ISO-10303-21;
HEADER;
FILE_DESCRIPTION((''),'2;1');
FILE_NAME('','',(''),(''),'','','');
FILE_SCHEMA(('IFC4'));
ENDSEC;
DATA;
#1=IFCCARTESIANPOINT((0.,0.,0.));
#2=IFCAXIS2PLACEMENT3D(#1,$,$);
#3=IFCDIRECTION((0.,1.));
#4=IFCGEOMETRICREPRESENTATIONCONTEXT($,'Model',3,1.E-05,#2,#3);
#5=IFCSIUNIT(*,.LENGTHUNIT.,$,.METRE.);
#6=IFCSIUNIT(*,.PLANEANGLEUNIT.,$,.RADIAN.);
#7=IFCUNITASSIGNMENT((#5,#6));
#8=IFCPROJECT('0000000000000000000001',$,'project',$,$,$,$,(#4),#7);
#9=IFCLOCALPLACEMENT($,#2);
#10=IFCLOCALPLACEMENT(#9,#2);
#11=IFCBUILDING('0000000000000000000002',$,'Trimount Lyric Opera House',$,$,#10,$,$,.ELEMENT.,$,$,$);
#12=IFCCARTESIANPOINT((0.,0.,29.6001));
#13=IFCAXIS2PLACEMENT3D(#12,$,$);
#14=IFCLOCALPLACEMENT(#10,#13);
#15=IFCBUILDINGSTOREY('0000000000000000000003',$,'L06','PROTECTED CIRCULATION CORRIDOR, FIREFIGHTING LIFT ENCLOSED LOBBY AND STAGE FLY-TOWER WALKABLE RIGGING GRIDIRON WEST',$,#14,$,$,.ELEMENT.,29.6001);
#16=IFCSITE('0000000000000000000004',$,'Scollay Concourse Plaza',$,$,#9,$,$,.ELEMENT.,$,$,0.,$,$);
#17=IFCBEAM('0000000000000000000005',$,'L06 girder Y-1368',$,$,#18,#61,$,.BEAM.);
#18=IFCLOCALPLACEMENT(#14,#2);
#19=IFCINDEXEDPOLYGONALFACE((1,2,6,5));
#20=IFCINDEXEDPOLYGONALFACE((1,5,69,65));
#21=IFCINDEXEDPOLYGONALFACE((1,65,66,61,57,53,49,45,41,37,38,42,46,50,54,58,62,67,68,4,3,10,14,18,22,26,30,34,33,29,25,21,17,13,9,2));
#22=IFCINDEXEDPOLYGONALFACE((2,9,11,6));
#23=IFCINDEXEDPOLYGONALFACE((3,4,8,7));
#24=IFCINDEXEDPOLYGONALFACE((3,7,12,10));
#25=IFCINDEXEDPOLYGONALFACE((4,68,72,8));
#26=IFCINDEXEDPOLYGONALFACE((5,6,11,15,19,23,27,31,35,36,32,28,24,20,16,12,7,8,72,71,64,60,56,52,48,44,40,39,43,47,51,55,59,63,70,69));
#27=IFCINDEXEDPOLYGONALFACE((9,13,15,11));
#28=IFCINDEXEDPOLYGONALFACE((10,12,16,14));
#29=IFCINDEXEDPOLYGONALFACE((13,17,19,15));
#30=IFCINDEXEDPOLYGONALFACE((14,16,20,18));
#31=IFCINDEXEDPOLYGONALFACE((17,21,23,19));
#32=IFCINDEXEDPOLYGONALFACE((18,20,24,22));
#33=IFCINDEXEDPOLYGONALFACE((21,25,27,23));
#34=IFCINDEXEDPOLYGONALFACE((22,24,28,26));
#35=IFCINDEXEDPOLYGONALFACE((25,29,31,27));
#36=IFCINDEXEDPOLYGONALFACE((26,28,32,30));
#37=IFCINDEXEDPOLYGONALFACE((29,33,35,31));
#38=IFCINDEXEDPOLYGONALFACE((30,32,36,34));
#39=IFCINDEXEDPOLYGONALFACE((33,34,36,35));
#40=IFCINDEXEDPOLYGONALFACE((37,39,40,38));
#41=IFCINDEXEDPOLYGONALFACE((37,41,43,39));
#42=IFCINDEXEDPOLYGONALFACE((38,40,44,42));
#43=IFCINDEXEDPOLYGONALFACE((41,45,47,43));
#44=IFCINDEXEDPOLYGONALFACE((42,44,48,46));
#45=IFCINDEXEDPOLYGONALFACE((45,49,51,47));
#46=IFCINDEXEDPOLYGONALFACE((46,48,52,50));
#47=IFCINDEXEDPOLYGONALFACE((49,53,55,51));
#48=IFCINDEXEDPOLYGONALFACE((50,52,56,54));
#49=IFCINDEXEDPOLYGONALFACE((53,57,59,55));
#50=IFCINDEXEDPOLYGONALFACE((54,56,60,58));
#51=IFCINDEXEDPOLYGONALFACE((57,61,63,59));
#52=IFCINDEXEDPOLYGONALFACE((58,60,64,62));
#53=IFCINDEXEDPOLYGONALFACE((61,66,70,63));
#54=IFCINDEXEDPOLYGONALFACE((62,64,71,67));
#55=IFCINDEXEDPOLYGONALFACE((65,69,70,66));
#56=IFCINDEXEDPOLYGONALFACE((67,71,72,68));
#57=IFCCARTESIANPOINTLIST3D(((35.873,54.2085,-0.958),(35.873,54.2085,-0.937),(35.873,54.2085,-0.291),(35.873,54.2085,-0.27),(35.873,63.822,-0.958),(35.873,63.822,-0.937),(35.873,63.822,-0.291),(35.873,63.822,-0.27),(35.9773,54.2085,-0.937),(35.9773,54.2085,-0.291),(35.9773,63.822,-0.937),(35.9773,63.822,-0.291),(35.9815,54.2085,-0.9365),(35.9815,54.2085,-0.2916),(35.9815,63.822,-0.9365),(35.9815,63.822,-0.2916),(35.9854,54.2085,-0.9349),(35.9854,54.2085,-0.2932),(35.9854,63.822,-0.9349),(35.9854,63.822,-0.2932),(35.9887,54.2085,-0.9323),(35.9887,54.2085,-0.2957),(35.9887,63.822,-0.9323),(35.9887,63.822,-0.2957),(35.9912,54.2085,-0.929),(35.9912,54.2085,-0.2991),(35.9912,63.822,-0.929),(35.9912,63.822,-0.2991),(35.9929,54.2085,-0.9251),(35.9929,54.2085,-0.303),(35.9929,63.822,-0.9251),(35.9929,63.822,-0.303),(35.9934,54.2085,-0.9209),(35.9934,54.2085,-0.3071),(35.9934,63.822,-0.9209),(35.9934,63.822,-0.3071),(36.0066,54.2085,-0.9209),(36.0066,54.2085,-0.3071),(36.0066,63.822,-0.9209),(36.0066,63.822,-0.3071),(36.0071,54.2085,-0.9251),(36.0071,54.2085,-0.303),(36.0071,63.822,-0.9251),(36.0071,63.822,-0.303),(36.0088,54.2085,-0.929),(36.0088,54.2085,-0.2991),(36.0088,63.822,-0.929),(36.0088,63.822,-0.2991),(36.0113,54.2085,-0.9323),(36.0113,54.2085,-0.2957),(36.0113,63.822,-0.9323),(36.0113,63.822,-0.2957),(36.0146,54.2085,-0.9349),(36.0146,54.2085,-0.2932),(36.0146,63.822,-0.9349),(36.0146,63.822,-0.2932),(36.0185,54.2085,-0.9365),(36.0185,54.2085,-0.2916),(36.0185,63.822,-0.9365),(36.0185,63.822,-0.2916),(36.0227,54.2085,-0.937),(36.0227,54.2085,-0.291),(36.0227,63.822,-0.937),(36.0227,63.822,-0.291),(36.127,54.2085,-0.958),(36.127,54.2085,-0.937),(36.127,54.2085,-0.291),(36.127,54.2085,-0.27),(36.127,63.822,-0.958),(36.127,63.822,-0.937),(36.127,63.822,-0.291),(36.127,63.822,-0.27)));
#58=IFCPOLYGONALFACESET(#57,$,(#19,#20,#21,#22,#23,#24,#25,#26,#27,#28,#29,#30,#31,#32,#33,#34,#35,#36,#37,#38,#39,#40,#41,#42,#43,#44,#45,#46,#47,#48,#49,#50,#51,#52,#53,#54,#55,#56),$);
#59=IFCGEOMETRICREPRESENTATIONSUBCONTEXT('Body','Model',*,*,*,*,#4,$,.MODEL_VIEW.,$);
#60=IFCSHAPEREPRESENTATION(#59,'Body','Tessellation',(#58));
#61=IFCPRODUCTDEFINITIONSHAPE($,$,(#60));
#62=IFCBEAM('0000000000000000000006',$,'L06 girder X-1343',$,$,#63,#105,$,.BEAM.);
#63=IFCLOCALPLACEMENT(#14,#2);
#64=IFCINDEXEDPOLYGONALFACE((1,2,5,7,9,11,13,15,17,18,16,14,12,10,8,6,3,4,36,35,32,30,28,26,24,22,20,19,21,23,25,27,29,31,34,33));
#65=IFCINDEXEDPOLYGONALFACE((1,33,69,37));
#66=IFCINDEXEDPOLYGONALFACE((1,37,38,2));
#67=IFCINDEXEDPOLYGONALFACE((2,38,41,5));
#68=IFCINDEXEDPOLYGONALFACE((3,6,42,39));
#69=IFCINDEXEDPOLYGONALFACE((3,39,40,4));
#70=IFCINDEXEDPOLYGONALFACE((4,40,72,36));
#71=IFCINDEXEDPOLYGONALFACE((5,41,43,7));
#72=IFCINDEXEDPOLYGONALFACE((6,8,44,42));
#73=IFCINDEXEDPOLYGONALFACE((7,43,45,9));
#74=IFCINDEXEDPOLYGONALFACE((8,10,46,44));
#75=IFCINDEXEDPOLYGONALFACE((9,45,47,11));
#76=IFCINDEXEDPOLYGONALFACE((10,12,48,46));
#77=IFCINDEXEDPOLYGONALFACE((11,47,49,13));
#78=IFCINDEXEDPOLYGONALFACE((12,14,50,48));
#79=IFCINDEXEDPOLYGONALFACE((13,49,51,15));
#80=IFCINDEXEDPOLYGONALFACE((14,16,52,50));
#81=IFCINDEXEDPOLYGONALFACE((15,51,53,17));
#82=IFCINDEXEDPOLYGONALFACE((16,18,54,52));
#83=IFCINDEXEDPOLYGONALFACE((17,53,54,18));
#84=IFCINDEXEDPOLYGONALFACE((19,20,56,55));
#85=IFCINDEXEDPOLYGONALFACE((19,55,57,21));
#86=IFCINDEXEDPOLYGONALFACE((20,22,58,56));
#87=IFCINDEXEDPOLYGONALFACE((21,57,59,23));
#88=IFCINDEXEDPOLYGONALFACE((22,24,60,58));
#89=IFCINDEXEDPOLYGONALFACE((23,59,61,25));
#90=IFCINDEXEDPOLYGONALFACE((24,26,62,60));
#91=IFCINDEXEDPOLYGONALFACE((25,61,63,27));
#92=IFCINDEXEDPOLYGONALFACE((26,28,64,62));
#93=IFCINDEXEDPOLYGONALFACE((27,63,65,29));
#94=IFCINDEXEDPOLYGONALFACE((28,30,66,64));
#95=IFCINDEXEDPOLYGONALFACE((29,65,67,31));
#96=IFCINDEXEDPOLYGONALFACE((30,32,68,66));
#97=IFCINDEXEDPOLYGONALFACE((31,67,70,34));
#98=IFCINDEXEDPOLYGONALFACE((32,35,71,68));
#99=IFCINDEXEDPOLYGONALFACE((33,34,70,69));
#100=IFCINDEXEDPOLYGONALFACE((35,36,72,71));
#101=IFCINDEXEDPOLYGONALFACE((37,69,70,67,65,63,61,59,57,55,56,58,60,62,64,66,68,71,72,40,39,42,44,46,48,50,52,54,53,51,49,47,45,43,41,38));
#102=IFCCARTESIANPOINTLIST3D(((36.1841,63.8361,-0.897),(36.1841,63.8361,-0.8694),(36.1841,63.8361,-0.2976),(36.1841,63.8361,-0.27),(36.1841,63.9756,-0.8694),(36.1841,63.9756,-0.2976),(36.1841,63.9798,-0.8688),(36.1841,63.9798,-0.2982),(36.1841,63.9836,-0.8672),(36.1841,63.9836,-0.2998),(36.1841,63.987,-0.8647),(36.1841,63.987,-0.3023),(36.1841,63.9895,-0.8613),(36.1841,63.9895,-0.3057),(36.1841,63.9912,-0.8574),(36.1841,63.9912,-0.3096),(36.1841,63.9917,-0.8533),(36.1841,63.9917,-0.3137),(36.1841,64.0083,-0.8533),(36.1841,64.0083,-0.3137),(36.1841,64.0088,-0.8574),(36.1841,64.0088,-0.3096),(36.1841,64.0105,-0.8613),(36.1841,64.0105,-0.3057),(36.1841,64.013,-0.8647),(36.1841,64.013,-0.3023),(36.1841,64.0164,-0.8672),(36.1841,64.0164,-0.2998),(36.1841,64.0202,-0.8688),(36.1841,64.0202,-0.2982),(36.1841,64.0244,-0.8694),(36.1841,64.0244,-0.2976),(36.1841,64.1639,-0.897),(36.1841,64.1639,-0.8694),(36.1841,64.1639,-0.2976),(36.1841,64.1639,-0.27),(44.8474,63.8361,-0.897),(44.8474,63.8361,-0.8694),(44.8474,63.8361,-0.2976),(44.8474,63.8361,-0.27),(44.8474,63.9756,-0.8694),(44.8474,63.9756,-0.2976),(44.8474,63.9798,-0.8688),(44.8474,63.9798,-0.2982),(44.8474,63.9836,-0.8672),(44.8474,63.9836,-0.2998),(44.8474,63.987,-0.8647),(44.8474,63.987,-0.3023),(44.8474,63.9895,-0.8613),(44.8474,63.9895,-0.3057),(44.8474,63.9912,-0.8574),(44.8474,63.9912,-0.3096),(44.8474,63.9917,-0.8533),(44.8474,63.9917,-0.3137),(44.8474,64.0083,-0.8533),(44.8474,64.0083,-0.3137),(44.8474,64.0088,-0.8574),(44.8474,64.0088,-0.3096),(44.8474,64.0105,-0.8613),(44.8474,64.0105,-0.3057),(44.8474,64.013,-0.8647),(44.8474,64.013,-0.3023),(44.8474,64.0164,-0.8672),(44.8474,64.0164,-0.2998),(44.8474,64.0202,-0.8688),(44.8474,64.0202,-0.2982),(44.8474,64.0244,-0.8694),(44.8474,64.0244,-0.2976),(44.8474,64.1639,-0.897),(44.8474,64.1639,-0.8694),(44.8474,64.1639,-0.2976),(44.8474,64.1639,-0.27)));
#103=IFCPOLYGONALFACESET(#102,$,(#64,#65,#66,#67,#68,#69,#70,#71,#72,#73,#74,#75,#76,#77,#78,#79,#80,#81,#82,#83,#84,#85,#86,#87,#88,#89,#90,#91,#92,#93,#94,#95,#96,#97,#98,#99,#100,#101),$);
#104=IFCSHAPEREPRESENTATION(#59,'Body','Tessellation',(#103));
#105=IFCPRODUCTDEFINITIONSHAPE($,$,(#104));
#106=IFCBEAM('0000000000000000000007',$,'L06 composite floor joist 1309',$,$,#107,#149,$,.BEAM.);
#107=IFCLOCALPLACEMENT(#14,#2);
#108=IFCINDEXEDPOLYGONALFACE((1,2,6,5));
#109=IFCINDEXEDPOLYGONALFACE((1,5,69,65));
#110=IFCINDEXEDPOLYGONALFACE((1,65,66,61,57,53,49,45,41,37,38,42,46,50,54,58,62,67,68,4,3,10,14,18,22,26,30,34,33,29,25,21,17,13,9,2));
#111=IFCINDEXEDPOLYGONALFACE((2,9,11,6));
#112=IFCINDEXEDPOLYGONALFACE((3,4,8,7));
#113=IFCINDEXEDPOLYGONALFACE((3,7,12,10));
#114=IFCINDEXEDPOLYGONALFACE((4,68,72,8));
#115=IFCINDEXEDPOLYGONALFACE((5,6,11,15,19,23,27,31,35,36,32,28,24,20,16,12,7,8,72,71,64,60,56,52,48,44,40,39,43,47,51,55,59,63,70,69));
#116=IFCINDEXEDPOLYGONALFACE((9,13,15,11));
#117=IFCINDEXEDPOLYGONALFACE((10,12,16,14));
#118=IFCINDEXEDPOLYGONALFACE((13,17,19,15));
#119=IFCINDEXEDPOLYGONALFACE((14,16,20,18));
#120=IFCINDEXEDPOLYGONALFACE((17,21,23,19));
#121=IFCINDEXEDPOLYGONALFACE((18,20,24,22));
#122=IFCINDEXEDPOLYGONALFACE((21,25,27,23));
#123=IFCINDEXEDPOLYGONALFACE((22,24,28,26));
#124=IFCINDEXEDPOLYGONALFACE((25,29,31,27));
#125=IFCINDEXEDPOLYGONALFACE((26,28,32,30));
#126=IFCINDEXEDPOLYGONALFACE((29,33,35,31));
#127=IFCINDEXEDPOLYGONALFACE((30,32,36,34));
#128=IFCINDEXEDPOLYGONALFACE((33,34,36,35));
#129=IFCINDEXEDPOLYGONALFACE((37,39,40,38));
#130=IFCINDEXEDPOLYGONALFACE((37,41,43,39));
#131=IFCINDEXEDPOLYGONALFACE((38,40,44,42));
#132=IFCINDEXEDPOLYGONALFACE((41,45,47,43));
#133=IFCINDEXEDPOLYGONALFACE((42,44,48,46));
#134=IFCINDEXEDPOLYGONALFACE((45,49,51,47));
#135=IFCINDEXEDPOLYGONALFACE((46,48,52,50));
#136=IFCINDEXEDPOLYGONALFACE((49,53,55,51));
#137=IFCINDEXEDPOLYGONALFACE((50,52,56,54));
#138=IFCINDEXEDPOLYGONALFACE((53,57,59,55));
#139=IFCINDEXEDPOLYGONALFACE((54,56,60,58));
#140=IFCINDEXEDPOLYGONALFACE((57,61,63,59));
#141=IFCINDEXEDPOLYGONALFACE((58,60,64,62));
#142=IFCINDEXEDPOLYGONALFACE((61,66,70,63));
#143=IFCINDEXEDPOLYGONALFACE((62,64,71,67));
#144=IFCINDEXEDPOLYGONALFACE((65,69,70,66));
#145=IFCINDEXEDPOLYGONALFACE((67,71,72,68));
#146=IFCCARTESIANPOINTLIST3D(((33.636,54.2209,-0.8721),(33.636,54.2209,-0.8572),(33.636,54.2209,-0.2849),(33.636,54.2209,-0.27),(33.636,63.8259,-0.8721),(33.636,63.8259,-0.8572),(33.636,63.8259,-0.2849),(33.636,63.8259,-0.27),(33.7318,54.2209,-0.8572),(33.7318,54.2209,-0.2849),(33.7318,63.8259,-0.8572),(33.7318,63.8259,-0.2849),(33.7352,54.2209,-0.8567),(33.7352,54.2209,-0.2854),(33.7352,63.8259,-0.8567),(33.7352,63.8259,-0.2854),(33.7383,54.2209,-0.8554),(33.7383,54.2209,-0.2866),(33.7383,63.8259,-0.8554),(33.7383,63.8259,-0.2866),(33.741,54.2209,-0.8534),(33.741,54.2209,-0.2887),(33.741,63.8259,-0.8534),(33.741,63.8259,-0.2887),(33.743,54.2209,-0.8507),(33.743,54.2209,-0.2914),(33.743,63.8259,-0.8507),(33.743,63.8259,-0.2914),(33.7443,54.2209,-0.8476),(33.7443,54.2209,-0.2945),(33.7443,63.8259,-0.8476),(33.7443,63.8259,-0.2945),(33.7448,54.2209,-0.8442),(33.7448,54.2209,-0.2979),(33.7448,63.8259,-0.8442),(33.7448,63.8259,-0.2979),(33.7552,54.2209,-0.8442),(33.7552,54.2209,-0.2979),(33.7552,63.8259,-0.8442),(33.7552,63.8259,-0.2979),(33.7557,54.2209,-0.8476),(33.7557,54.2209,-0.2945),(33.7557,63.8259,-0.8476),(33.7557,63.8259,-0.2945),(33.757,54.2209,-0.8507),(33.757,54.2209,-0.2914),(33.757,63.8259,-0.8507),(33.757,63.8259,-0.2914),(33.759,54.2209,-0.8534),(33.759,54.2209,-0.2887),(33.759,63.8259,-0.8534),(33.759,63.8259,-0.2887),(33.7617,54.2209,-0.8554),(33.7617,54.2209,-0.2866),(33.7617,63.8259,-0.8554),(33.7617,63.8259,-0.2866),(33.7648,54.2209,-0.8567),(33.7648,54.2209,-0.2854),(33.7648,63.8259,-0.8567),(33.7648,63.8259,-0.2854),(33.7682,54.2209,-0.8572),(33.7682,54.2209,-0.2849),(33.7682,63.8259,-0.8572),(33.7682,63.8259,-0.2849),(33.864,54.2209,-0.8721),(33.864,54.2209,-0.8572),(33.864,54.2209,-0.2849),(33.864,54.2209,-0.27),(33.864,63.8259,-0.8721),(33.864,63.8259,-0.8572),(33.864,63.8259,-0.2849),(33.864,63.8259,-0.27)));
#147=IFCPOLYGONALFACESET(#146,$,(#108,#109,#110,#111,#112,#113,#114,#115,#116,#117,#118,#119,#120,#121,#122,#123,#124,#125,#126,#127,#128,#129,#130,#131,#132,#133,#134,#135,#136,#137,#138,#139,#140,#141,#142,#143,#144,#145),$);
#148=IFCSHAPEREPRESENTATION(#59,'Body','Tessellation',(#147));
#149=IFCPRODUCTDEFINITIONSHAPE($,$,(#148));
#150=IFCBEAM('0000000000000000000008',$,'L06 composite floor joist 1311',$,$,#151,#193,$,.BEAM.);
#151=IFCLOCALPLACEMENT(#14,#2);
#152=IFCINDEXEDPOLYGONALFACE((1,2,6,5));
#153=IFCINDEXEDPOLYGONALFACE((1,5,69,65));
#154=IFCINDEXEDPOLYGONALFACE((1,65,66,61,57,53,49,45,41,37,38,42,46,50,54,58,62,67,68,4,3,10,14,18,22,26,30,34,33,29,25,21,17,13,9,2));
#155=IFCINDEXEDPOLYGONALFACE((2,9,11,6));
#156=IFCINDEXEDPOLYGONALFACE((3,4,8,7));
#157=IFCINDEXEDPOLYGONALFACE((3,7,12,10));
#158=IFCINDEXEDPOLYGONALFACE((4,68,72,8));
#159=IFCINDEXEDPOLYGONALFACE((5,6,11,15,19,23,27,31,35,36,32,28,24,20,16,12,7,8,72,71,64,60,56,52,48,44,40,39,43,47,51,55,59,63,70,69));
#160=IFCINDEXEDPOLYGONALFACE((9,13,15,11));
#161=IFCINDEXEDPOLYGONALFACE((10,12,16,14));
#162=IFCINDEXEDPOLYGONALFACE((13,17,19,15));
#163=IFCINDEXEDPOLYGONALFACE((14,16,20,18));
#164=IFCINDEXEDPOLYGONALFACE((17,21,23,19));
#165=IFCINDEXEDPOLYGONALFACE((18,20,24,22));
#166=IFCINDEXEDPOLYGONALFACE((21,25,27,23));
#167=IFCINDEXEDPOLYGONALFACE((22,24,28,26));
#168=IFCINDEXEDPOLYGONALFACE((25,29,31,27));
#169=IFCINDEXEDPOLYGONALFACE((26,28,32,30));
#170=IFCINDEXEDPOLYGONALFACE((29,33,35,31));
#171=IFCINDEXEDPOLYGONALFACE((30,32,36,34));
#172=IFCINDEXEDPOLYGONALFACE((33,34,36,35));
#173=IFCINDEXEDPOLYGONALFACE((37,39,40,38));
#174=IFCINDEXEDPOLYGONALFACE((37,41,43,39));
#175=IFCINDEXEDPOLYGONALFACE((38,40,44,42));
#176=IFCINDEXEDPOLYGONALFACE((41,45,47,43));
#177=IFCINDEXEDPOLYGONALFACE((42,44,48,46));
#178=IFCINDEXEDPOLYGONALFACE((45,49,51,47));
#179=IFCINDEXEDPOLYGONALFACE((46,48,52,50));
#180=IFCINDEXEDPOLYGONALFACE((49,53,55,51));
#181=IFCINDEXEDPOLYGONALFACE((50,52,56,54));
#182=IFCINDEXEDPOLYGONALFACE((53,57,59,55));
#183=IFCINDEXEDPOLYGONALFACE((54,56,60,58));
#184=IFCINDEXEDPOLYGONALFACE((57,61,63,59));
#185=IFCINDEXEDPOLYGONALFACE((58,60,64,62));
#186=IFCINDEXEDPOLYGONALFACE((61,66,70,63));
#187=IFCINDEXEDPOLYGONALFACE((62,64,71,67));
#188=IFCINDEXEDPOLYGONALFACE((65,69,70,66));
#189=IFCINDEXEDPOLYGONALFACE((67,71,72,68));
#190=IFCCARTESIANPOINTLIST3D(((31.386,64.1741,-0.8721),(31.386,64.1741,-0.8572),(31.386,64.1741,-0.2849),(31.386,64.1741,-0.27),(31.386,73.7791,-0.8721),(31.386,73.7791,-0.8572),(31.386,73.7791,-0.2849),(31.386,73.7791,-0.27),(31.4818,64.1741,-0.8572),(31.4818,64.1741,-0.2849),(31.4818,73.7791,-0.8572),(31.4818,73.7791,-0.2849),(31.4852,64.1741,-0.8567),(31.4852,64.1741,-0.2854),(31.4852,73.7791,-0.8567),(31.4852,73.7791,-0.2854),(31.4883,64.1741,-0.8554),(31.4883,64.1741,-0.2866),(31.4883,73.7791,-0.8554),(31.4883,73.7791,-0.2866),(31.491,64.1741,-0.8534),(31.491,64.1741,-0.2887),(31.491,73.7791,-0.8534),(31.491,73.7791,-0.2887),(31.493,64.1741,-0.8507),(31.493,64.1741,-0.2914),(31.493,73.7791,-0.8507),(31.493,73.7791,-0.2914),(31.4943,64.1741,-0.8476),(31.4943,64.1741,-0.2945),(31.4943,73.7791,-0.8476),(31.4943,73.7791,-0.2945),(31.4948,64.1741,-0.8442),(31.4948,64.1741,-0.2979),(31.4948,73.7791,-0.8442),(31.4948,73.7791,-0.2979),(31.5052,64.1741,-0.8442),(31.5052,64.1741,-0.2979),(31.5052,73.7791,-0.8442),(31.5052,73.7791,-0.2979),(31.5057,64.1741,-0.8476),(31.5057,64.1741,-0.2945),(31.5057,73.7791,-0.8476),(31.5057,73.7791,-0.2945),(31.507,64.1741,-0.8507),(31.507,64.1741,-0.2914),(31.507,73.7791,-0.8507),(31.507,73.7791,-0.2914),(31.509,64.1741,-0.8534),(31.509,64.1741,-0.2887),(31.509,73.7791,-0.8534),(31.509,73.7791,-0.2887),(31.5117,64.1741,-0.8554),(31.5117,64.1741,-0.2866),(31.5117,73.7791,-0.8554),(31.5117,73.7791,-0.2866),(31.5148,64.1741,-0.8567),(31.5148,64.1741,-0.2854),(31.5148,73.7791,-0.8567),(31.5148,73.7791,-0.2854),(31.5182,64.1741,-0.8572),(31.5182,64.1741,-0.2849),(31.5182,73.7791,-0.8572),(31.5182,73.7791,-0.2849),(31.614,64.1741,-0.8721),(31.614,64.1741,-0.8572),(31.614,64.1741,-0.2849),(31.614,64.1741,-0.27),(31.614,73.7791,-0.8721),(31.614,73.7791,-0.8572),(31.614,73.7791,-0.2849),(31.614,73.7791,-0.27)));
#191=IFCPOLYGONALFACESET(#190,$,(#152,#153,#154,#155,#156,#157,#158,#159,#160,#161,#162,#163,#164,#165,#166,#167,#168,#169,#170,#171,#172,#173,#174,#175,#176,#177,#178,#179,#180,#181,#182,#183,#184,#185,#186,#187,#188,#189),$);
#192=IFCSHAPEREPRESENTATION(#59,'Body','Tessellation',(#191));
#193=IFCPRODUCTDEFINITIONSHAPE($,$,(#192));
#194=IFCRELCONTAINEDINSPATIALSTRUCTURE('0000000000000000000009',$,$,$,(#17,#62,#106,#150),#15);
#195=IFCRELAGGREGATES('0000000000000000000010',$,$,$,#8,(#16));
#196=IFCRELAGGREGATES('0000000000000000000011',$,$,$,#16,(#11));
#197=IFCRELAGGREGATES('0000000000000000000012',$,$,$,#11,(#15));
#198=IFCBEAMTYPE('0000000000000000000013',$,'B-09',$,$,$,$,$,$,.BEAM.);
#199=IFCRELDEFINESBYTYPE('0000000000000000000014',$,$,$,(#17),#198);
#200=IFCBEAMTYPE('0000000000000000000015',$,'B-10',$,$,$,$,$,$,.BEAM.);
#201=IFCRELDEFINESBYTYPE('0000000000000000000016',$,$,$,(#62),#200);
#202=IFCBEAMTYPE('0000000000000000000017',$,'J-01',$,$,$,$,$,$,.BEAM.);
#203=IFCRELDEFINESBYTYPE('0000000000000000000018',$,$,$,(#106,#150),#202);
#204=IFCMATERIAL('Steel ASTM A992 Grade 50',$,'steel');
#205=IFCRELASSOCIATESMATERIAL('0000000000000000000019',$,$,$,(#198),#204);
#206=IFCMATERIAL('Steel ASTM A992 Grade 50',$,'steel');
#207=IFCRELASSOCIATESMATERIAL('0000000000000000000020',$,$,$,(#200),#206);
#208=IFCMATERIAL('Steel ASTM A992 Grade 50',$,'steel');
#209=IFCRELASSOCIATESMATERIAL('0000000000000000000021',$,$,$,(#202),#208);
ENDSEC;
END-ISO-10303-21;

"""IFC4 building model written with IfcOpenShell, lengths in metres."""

from ifc_helpers import new_model, si_unit, direction, frame, origin, origin_2d, place, context, subcontext, project, spatial, i_section, extrude, material, material_profile, profile_set, type_object, element, save


model = new_model("IFC4")

# Units and contexts
model_context = context("Model", 3, precision=1e-05, world=origin(), true_north=direction((0.0, 1.0)))
body_context = subcontext(model_context, "Body", "Model", "MODEL_VIEW")
ifc_project = project(units=[si_unit("LENGTHUNIT", "METRE"), si_unit("PLANEANGLEUNIT", "RADIAN")], contexts=[model_context])

# Site, building, storey
site_placement = place(None, origin())
site = spatial("IfcSite", under=ifc_project, at=site_placement, Name="Scollay Concourse Plaza", CompositionType="ELEMENT", RefElevation=0.0)
building_placement = place(site_placement, origin())
building = spatial("IfcBuilding", under=site, at=building_placement, Name="Trimount Lyric Opera House", CompositionType="ELEMENT")
storey_placement = place(building_placement, frame((0.0, 0.0, 29.6001)))
storey = spatial("IfcBuildingStorey", under=building, at=storey_placement, Name="L06", Description="PROTECTED CIRCULATION CORRIDOR, FIREFIGHTING LIFT ENCLOSED LOBBY AND STAGE FLY-TOWER WALKABLE RIGGING GRIDIRON WEST", CompositionType="ELEMENT", Elevation=29.6001)

# Beams
ifc_material_1 = material(Name="Steel ASTM A992 Grade 50", Category="steel")
ifc_material_profile_1 = material_profile(ifc_material_1, i_section(OverallWidth=0.2539, OverallDepth=0.688, WebThickness=0.0132, FlangeThickness=0.021, FilletRadius=0.0161, at=origin_2d()), Name="W27X102")
ifc_profile_set_1 = profile_set([ifc_material_profile_1], Name="Steel ASTM A992 Grade 50")
beam_type_1 = type_object("IfcBeamType", Name="B-09", PredefinedType="BEAM", material=ifc_profile_set_1)
beam_1_placement = place(storey_placement, frame((36.0, 54.2085, -0.614), z_axis=(0.0, 1.0, 0.0), x_axis=(-1.0, 0.0, 0.0)))
element("IfcBeam", 1, at=beam_1_placement, inside=storey, type_object=beam_type_1, Name="L06 girder Y-1368", PredefinedType="BEAM", context=body_context, shape_type="SweptSolid", body=[
    extrude(i_section(OverallWidth=0.2539, OverallDepth=0.688, WebThickness=0.0132, FlangeThickness=0.021, FilletRadius=0.0161, at=origin_2d()), origin(), (0.0, 0.0, 1.0), 9.6135),
])
ifc_material_2 = material(Name="Steel ASTM A992 Grade 50", Category="steel")
ifc_material_profile_2 = material_profile(ifc_material_2, i_section(OverallWidth=0.3279, OverallDepth=0.627, WebThickness=0.0166, FlangeThickness=0.0276, FilletRadius=0.0161, at=origin_2d()), Name="W24X146")
ifc_profile_set_2 = profile_set([ifc_material_profile_2], Name="Steel ASTM A992 Grade 50")
beam_type_2 = type_object("IfcBeamType", Name="B-10", PredefinedType="BEAM", material=ifc_profile_set_2)
beam_2_placement = place(storey_placement, frame((36.1841, 64.0, -0.5835), z_axis=(1.0, 0.0, 0.0), x_axis=(0.0, 1.0, 0.0)))
element("IfcBeam", 2, at=beam_2_placement, inside=storey, type_object=beam_type_2, Name="L06 girder X-1343", PredefinedType="BEAM", context=body_context, shape_type="SweptSolid", body=[
    extrude(i_section(OverallWidth=0.3279, OverallDepth=0.627, WebThickness=0.0166, FlangeThickness=0.0276, FilletRadius=0.0161, at=origin_2d()), origin(), (0.0, 0.0, 1.0), 8.6633),
])
ifc_material_3 = material(Name="Steel ASTM A992 Grade 50", Category="steel")
ifc_material_profile_3 = material_profile(ifc_material_3, i_section(OverallWidth=0.228, OverallDepth=0.6021, WebThickness=0.0105, FlangeThickness=0.0149, FilletRadius=0.0129, at=origin_2d()), Name="W24X68")
ifc_profile_set_3 = profile_set([ifc_material_profile_3], Name="Steel ASTM A992 Grade 50")
beam_type_3 = type_object("IfcBeamType", Name="J-01", PredefinedType="BEAM", material=ifc_profile_set_3)
for number, where, z_axis, x_axis, name in (
    (3, (33.75, 54.2209, -0.571), (0.0, 1.0, 0.0), (-1.0, 0.0, 0.0), "L06 composite floor joist 1309"),
    (4, (31.5, 64.1741, -0.571), (0.0, 1.0, 0.0), (-1.0, 0.0, 0.0), "L06 composite floor joist 1311"),
):
    element("IfcBeam", number, at=place(storey_placement, frame(where, z_axis=z_axis, x_axis=x_axis)), inside=storey, type_object=beam_type_3, Name=name, PredefinedType="BEAM", context=body_context, shape_type="SweptSolid", body=[
        extrude(i_section(OverallWidth=0.228, OverallDepth=0.6021, WebThickness=0.0105, FlangeThickness=0.0149, FilletRadius=0.0129, at=origin_2d()), origin(), (0.0, 0.0, 1.0), 9.605),
    ])

save(model, "model.ifc")
